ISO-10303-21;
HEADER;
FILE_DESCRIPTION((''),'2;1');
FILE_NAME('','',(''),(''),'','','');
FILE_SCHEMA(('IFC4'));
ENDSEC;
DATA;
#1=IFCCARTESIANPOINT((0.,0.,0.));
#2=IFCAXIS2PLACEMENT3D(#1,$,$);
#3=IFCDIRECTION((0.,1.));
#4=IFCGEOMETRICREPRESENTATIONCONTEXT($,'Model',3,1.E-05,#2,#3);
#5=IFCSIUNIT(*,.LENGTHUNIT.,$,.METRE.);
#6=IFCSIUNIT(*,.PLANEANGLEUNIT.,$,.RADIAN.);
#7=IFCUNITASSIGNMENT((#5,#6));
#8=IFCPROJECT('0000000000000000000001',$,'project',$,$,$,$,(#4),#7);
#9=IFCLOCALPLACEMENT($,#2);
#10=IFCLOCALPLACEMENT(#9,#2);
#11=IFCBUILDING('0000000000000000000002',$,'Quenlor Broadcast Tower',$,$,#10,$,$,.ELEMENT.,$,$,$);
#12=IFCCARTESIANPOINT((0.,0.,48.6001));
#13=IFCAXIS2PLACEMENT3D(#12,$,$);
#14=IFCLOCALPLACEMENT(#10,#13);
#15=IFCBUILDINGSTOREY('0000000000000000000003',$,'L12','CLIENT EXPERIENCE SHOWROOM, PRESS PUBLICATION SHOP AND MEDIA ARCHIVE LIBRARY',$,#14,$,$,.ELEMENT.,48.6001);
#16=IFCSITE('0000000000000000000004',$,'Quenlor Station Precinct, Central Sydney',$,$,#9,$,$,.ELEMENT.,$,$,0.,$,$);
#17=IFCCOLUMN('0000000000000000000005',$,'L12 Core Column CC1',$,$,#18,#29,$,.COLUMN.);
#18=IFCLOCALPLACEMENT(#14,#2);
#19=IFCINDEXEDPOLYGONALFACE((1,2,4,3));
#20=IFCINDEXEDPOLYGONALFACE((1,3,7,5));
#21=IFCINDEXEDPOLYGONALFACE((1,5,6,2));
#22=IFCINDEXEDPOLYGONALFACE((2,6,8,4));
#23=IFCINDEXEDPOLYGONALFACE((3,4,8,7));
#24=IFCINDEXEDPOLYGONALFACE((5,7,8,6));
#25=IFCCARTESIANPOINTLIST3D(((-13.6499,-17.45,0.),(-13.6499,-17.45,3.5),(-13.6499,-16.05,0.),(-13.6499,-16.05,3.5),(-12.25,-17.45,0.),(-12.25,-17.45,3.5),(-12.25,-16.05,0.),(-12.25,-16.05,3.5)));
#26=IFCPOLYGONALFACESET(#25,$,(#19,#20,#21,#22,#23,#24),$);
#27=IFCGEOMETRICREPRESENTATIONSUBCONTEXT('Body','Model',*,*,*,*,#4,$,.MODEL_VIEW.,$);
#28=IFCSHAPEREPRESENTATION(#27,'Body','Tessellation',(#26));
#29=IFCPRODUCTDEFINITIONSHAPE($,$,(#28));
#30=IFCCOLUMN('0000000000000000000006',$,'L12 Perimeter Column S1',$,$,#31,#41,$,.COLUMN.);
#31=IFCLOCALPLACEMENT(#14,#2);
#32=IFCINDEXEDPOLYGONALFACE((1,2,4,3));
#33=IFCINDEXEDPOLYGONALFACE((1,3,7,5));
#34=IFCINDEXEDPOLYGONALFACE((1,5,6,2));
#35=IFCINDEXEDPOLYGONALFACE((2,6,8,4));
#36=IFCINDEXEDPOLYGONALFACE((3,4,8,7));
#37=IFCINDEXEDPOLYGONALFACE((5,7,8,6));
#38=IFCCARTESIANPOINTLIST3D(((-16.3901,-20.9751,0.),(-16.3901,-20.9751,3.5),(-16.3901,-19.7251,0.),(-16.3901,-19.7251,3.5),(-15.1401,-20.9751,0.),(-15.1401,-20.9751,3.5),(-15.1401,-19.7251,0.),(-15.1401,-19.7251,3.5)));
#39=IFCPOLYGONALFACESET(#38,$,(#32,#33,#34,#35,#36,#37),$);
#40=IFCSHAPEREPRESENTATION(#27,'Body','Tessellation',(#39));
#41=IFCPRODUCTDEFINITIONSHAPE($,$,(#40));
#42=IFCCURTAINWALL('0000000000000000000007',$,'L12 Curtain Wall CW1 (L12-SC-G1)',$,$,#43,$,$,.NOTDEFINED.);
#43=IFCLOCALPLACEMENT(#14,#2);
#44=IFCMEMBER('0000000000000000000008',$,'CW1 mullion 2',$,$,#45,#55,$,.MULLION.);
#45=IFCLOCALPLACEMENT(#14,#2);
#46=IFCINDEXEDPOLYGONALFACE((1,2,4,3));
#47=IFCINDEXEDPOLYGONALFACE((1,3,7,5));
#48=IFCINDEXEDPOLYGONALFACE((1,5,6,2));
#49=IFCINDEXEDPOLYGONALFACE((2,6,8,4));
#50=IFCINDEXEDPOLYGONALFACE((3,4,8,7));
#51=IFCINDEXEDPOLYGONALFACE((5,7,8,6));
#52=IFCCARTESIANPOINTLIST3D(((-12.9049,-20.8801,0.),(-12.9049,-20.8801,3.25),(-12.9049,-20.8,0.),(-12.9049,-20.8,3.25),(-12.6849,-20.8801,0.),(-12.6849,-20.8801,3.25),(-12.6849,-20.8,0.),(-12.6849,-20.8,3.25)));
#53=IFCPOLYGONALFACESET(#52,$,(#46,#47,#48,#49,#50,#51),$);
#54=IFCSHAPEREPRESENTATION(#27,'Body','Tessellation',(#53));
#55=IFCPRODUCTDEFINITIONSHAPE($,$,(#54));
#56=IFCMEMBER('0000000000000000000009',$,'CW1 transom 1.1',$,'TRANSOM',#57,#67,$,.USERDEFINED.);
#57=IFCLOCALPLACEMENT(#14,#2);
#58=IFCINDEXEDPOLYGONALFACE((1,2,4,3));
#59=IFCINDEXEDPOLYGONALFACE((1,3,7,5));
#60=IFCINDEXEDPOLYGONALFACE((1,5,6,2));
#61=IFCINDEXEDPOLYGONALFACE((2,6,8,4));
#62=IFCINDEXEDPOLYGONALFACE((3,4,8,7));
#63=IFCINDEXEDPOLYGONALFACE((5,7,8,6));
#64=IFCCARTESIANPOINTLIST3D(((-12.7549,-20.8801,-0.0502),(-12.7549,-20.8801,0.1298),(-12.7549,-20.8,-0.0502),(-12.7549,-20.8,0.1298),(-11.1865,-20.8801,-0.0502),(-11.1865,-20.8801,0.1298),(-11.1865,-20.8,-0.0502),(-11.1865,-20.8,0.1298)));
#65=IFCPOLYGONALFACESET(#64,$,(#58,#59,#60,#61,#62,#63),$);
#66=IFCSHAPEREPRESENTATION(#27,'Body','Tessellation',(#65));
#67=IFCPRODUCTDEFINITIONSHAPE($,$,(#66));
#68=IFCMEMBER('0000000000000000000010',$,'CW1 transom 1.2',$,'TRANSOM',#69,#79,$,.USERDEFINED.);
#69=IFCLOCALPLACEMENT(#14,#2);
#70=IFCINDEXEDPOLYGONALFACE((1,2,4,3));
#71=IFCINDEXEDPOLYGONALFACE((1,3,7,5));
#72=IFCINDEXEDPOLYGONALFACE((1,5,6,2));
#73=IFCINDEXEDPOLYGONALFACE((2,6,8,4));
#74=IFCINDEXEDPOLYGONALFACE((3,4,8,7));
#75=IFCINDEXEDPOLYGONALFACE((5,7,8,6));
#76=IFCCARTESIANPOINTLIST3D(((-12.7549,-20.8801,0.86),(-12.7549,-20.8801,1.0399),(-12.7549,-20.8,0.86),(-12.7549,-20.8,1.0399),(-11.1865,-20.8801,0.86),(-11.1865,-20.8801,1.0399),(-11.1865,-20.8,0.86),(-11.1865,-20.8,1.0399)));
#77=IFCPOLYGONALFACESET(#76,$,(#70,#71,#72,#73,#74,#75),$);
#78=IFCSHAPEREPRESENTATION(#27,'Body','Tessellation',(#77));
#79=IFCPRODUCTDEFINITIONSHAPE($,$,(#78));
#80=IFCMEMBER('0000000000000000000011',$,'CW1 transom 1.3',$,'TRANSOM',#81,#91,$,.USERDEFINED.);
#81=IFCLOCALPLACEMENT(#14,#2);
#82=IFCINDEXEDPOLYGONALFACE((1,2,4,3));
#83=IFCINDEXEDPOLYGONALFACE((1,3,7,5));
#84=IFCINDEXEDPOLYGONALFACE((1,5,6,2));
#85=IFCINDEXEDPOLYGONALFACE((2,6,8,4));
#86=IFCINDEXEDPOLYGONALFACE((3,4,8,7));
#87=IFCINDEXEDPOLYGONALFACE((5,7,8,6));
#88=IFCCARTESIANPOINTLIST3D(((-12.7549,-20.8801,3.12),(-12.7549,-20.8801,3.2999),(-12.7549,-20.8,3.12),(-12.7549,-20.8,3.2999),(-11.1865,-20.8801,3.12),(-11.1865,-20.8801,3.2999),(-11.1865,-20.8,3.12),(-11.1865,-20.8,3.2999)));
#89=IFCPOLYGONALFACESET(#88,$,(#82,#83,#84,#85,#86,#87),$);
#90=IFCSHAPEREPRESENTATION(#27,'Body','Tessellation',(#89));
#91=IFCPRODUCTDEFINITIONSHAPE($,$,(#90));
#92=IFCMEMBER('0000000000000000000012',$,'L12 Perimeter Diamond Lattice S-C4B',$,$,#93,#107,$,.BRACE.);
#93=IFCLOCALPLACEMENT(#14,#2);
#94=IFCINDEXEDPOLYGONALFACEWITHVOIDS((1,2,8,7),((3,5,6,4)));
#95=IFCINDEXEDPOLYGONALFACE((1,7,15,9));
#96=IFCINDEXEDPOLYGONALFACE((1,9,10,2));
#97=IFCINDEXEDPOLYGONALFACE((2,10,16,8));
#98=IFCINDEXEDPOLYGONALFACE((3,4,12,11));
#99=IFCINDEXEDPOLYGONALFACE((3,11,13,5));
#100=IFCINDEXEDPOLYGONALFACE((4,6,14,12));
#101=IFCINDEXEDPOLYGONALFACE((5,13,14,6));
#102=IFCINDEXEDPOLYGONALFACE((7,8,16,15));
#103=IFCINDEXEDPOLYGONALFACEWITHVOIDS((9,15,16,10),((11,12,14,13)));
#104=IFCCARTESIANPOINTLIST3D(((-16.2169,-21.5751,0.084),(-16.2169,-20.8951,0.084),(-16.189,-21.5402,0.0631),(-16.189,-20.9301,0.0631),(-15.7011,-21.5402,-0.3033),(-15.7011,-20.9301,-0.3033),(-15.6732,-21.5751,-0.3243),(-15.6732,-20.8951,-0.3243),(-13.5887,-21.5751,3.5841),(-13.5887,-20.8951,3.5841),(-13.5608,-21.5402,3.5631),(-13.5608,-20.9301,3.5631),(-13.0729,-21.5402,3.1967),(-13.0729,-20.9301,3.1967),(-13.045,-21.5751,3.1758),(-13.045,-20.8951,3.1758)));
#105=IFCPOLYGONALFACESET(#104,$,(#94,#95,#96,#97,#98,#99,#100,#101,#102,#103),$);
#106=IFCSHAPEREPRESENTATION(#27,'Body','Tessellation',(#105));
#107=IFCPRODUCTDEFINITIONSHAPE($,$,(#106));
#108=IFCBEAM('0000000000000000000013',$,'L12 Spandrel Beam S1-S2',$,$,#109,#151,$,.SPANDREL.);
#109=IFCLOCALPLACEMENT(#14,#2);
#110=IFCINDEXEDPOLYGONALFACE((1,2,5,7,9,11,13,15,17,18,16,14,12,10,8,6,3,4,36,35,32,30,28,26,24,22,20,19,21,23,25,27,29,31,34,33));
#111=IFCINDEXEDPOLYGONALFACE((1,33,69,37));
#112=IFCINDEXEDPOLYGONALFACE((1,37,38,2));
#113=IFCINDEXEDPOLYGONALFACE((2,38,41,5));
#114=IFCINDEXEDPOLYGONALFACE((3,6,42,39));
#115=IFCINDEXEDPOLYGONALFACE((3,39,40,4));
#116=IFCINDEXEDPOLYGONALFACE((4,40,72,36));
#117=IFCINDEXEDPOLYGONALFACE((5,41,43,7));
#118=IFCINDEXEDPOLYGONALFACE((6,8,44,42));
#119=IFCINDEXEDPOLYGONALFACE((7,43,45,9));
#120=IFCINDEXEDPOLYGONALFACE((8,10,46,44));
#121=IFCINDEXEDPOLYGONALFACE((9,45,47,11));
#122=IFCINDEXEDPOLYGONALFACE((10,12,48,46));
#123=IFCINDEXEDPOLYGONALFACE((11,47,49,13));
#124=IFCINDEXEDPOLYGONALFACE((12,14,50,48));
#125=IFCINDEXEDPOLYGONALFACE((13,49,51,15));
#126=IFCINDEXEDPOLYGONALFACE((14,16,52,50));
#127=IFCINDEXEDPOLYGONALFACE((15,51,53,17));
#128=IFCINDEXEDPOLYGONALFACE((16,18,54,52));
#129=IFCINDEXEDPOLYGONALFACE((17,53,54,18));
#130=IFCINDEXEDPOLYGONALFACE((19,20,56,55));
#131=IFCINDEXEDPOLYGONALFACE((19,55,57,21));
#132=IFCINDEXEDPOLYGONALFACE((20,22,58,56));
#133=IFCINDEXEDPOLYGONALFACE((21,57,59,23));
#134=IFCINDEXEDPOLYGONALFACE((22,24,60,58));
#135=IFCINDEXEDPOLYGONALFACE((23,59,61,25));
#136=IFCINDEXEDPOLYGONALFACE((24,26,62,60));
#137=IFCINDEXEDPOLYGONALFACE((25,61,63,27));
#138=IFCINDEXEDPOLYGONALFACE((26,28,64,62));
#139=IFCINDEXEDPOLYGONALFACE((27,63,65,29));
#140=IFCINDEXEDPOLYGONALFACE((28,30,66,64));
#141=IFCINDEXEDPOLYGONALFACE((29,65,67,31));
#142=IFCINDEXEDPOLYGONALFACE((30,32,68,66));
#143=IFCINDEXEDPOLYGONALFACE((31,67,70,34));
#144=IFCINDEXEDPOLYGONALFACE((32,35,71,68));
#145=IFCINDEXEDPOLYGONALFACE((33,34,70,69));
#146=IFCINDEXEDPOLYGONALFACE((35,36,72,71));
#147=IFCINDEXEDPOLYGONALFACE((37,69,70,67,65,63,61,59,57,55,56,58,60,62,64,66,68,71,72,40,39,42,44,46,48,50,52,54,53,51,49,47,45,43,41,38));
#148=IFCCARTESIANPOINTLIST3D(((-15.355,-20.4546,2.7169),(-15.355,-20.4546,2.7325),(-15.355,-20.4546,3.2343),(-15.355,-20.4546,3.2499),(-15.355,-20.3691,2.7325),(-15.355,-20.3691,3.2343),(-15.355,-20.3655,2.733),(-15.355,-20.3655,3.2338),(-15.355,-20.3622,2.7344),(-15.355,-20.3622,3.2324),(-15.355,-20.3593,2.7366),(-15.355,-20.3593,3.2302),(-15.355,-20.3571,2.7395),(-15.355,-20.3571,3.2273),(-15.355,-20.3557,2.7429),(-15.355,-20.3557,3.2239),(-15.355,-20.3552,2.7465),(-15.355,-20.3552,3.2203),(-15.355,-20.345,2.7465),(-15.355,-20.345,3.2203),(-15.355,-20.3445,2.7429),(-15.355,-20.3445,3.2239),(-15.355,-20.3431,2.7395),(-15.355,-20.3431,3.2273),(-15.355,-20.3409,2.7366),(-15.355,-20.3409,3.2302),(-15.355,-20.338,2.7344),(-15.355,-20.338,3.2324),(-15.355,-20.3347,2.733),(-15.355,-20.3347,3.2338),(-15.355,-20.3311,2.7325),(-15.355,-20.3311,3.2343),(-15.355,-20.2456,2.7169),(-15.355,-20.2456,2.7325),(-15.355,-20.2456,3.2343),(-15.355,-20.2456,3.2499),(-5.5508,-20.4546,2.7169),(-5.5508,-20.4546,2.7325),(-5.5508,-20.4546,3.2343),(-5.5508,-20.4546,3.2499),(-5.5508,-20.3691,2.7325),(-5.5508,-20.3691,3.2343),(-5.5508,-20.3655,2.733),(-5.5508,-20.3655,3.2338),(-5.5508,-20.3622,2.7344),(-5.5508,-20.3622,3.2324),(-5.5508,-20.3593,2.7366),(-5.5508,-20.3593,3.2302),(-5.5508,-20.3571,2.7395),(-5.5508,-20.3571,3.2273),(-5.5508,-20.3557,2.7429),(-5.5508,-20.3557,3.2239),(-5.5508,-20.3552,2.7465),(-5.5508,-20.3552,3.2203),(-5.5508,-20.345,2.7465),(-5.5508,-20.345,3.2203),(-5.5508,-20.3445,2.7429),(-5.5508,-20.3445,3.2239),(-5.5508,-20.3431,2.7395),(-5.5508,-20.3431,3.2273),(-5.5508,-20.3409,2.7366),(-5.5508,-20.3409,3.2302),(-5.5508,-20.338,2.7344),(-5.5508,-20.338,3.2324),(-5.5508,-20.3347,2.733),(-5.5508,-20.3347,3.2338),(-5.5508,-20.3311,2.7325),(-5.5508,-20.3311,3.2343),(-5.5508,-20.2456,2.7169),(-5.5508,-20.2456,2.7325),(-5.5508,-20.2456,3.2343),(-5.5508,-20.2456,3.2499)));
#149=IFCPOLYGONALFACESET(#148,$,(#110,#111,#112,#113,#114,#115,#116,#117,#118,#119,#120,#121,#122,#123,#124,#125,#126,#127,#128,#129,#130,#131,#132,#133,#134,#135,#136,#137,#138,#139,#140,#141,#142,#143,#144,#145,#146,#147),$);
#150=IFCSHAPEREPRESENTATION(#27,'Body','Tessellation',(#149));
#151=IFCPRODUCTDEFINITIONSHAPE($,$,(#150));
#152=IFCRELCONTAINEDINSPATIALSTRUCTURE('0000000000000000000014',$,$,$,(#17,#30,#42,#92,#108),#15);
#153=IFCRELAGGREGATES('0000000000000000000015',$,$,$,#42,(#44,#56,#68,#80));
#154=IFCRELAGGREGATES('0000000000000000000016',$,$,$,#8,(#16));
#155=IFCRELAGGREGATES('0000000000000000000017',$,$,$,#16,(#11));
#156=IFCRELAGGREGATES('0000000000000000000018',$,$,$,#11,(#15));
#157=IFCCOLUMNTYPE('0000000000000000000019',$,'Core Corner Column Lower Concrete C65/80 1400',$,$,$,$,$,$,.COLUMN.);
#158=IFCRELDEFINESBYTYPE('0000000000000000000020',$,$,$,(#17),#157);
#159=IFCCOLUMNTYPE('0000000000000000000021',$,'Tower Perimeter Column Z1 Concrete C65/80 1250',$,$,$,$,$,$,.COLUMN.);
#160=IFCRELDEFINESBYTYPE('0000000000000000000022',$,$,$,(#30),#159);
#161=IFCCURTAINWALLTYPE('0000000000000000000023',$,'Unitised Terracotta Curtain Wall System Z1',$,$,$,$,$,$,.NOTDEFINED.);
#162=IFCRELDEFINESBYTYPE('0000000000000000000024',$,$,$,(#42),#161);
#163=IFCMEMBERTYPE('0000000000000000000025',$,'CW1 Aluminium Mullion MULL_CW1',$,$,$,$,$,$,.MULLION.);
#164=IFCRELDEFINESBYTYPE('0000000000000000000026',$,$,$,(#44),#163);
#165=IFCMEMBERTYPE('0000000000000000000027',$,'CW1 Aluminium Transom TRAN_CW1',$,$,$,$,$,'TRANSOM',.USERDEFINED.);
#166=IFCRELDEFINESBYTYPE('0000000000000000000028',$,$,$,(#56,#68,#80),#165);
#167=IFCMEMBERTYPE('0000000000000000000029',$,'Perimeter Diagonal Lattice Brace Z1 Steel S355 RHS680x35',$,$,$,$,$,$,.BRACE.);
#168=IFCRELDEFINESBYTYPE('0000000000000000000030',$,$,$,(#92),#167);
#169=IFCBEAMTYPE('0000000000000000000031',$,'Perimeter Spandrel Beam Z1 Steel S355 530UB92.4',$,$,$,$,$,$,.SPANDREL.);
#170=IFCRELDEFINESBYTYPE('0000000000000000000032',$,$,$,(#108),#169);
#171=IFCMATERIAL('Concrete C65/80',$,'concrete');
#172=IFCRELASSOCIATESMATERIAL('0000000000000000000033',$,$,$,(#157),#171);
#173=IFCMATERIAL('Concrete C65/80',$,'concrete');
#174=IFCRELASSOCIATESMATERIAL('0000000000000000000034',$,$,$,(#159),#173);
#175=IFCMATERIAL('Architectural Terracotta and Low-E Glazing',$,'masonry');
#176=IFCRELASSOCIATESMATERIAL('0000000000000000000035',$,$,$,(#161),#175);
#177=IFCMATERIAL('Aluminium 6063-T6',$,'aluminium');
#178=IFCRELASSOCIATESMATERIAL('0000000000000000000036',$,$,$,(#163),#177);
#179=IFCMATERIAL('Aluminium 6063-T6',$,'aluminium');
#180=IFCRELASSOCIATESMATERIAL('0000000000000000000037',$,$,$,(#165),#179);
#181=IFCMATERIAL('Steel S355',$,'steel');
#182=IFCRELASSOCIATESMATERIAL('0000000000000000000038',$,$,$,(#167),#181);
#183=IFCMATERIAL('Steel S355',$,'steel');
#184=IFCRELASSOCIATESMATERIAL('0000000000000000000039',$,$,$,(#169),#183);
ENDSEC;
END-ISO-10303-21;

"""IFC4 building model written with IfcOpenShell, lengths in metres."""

from ifc_helpers import new_model, si_unit, direction, frame, origin, origin_2d, place, context, subcontext, project, spatial, rectangle, hollow_rectangle, i_section, extrude, material, material_profile, profile_set, type_object, element, aggregate, save


model = new_model("IFC4")

# Units and contexts
model_context = context("Model", 3, precision=1e-05, world=origin(), true_north=direction((0.0, 1.0)))
body_context = subcontext(model_context, "Body", "Model", "MODEL_VIEW")
ifc_project = project(units=[si_unit("LENGTHUNIT", "METRE"), si_unit("PLANEANGLEUNIT", "RADIAN")], contexts=[model_context])

# Site, building, storey
site_placement = place(None, origin())
site = spatial("IfcSite", under=ifc_project, at=site_placement, Name="Quenlor Station Precinct, Central Sydney", CompositionType="ELEMENT", RefElevation=0.0)
building_placement = place(site_placement, origin())
building = spatial("IfcBuilding", under=site, at=building_placement, Name="Quenlor Broadcast Tower", CompositionType="ELEMENT")
storey_placement = place(building_placement, frame((0.0, 0.0, 48.6001)))
storey = spatial("IfcBuildingStorey", under=building, at=storey_placement, Name="L12", Description="CLIENT EXPERIENCE SHOWROOM, PRESS PUBLICATION SHOP AND MEDIA ARCHIVE LIBRARY", CompositionType="ELEMENT", Elevation=48.6001)

# Columns
ifc_material_1 = material(Name="Concrete C65/80", Category="concrete")
ifc_material_profile_1 = material_profile(ifc_material_1, rectangle(XDim=1.3999, YDim=1.3999, at=origin_2d()))
ifc_profile_set_1 = profile_set([ifc_material_profile_1], Name="Concrete C65/80 RC1400x1400")
column_type_1 = type_object("IfcColumnType", Name="Core Corner Column Lower Concrete C65/80 1400", PredefinedType="COLUMN", material=ifc_profile_set_1)
column_1_placement = place(storey_placement, frame((-12.95, -16.75, 0.0), z_axis=(0.0, 0.0, 1.0), x_axis=(1.0, 0.0, 0.0)))
element("IfcColumn", 1, at=column_1_placement, inside=storey, type_object=column_type_1, Name="L12 Core Column CC1", PredefinedType="COLUMN", context=body_context, shape_type="SweptSolid", body=[
    extrude(rectangle(XDim=1.3999, YDim=1.3999, at=origin_2d()), origin(), (0.0, 0.0, 1.0), 3.5),
])
ifc_material_2 = material(Name="Concrete C65/80", Category="concrete")
ifc_material_profile_2 = material_profile(ifc_material_2, rectangle(XDim=1.25, YDim=1.25, at=origin_2d()))
ifc_profile_set_2 = profile_set([ifc_material_profile_2], Name="Concrete C65/80 RC1250x1250")
column_type_2 = type_object("IfcColumnType", Name="Tower Perimeter Column Z1 Concrete C65/80 1250", PredefinedType="COLUMN", material=ifc_profile_set_2)
column_2_placement = place(storey_placement, frame((-15.7651, -20.3501, 0.0), z_axis=(0.0, 0.0, 1.0), x_axis=(0.0, 1.0, 0.0)))
element("IfcColumn", 2, at=column_2_placement, inside=storey, type_object=column_type_2, Name="L12 Perimeter Column S1", PredefinedType="COLUMN", context=body_context, shape_type="SweptSolid", body=[
    extrude(rectangle(XDim=1.25, YDim=1.25, at=origin_2d()), origin(), (0.0, 0.0, 1.0), 3.5),
])

# Curtain wall, members
ifc_material_3 = material(Name="Architectural Terracotta and Low-E Glazing", Category="masonry")
curtain_wall_type = type_object("IfcCurtainWallType", Name="Unitised Terracotta Curtain Wall System Z1", PredefinedType="NOTDEFINED", material=ifc_material_3)
curtain_wall_placement = place(storey_placement, origin())
curtain_wall = element("IfcCurtainWall", 3, at=curtain_wall_placement, inside=storey, type_object=curtain_wall_type, Name="L12 Curtain Wall CW1 (L12-SC-G1)", PredefinedType="NOTDEFINED")
ifc_material_4 = material(Name="Aluminium 6063-T6", Category="aluminium")
ifc_material_profile_3 = material_profile(ifc_material_4, rectangle(XDim=0.0801, YDim=0.22, at=origin_2d()))
ifc_profile_set_3 = profile_set([ifc_material_profile_3], Name="Aluminium 6063-T6 MULL80x220")
member_type_1 = type_object("IfcMemberType", Name="CW1 Aluminium Mullion MULL_CW1", PredefinedType="MULLION", material=ifc_profile_set_3)
member_1_placement = place(storey_placement, frame((-12.7949, -20.8401, 0.0), z_axis=(0.0, 0.0, 1.0), x_axis=(0.0, -1.0, 0.0)))
member_1 = element("IfcMember", 4, at=member_1_placement, type_object=member_type_1, Name="CW1 mullion 2", PredefinedType="MULLION", context=body_context, shape_type="SweptSolid", body=[
    extrude(rectangle(XDim=0.0801, YDim=0.22, at=origin_2d()), origin(), (0.0, 0.0, 1.0), 3.25),
])
ifc_material_5 = material(Name="Aluminium 6063-T6", Category="aluminium")
ifc_material_profile_4 = material_profile(ifc_material_5, rectangle(XDim=0.0801, YDim=0.1799, at=origin_2d()))
ifc_profile_set_4 = profile_set([ifc_material_profile_4], Name="Aluminium 6063-T6 TRAN80x180")
member_type_2 = type_object("IfcMemberType", Name="CW1 Aluminium Transom TRAN_CW1", ElementType="TRANSOM", PredefinedType="USERDEFINED", material=ifc_profile_set_4)
member_2_placement = place(storey_placement, frame((-11.1865, -20.8401, 0.0398), z_axis=(-1.0, 0.0, 0.0), x_axis=(0.0, -1.0, 0.0)))
member_2 = element("IfcMember", 5, at=member_2_placement, type_object=member_type_2, Name="CW1 transom 1.1", ObjectType="TRANSOM", PredefinedType="USERDEFINED", context=body_context, shape_type="SweptSolid", body=[
    extrude(rectangle(XDim=0.0801, YDim=0.1799, at=origin_2d()), origin(), (0.0, 0.0, 1.0), 1.5684),
])
member_3_placement = place(storey_placement, frame((-11.1865, -20.8401, 0.95), z_axis=(-1.0, 0.0, 0.0), x_axis=(0.0, -1.0, 0.0)))
member_3 = element("IfcMember", 6, at=member_3_placement, type_object=member_type_2, Name="CW1 transom 1.2", ObjectType="TRANSOM", PredefinedType="USERDEFINED", context=body_context, shape_type="SweptSolid", body=[
    extrude(rectangle(XDim=0.0801, YDim=0.1799, at=origin_2d()), origin(), (0.0, 0.0, 1.0), 1.5684),
])
member_4_placement = place(storey_placement, frame((-11.1865, -20.8401, 3.21), z_axis=(-1.0, 0.0, 0.0), x_axis=(0.0, -1.0, 0.0)))
member_4 = element("IfcMember", 7, at=member_4_placement, type_object=member_type_2, Name="CW1 transom 1.3", ObjectType="TRANSOM", PredefinedType="USERDEFINED", context=body_context, shape_type="SweptSolid", body=[
    extrude(rectangle(XDim=0.0801, YDim=0.1799, at=origin_2d()), origin(), (0.0, 0.0, 1.0), 1.5684),
])

# Member
ifc_material_6 = material(Name="Steel S355", Category="steel")
ifc_material_profile_5 = material_profile(ifc_material_6, hollow_rectangle(XDim=0.6799, YDim=0.6799, WallThickness=0.0349, at=origin_2d()))
ifc_profile_set_5 = profile_set([ifc_material_profile_5], Name="Steel S355 RHS680x680x35")
member_type_3 = type_object("IfcMemberType", Name="Perimeter Diagonal Lattice Brace Z1 Steel S355 RHS680x35", PredefinedType="BRACE", material=ifc_profile_set_5)
member_5_placement = place(storey_placement, frame((-15.9451, -21.2351, -0.1201), z_axis=(0.600464, 0.0, 0.799652), x_axis=(0.0, 1.0, 0.0)))
element("IfcMember", 8, at=member_5_placement, inside=storey, type_object=member_type_3, Name="L12 Perimeter Diamond Lattice S-C4B", PredefinedType="BRACE", context=body_context, shape_type="SweptSolid", body=[
    extrude(hollow_rectangle(XDim=0.6799, YDim=0.6799, WallThickness=0.0349, at=origin_2d()), origin(), (0.0, 0.0, 1.0), 4.377),
])

# Beam
ifc_material_7 = material(Name="Steel S355", Category="steel")
ifc_material_profile_6 = material_profile(ifc_material_7, i_section(OverallWidth=0.209, OverallDepth=0.533, WebThickness=0.0103, FlangeThickness=0.0156, FilletRadius=0.0139, at=origin_2d()))
ifc_profile_set_6 = profile_set([ifc_material_profile_6], Name="Steel S355 530UB92.4")
beam_type_1 = type_object("IfcBeamType", Name="Perimeter Spandrel Beam Z1 Steel S355 530UB92.4", PredefinedType="SPANDREL", material=ifc_profile_set_6)
beam_1_placement = place(storey_placement, frame((-15.355, -20.3501, 2.9834), z_axis=(1.0, 0.0, 0.0), x_axis=(0.0, 1.0, 0.0)))
element("IfcBeam", 9, at=beam_1_placement, inside=storey, type_object=beam_type_1, Name="L12 Spandrel Beam S1-S2", PredefinedType="SPANDREL", context=body_context, shape_type="SweptSolid", body=[
    extrude(i_section(OverallWidth=0.209, OverallDepth=0.533, WebThickness=0.0103, FlangeThickness=0.0156, FilletRadius=0.0139, at=origin_2d()), origin(), (0.0, 0.0, 1.0), 9.8042),
])

aggregate(curtain_wall, [member_1, member_2, member_3, member_4])

save(model, "model.ifc")
